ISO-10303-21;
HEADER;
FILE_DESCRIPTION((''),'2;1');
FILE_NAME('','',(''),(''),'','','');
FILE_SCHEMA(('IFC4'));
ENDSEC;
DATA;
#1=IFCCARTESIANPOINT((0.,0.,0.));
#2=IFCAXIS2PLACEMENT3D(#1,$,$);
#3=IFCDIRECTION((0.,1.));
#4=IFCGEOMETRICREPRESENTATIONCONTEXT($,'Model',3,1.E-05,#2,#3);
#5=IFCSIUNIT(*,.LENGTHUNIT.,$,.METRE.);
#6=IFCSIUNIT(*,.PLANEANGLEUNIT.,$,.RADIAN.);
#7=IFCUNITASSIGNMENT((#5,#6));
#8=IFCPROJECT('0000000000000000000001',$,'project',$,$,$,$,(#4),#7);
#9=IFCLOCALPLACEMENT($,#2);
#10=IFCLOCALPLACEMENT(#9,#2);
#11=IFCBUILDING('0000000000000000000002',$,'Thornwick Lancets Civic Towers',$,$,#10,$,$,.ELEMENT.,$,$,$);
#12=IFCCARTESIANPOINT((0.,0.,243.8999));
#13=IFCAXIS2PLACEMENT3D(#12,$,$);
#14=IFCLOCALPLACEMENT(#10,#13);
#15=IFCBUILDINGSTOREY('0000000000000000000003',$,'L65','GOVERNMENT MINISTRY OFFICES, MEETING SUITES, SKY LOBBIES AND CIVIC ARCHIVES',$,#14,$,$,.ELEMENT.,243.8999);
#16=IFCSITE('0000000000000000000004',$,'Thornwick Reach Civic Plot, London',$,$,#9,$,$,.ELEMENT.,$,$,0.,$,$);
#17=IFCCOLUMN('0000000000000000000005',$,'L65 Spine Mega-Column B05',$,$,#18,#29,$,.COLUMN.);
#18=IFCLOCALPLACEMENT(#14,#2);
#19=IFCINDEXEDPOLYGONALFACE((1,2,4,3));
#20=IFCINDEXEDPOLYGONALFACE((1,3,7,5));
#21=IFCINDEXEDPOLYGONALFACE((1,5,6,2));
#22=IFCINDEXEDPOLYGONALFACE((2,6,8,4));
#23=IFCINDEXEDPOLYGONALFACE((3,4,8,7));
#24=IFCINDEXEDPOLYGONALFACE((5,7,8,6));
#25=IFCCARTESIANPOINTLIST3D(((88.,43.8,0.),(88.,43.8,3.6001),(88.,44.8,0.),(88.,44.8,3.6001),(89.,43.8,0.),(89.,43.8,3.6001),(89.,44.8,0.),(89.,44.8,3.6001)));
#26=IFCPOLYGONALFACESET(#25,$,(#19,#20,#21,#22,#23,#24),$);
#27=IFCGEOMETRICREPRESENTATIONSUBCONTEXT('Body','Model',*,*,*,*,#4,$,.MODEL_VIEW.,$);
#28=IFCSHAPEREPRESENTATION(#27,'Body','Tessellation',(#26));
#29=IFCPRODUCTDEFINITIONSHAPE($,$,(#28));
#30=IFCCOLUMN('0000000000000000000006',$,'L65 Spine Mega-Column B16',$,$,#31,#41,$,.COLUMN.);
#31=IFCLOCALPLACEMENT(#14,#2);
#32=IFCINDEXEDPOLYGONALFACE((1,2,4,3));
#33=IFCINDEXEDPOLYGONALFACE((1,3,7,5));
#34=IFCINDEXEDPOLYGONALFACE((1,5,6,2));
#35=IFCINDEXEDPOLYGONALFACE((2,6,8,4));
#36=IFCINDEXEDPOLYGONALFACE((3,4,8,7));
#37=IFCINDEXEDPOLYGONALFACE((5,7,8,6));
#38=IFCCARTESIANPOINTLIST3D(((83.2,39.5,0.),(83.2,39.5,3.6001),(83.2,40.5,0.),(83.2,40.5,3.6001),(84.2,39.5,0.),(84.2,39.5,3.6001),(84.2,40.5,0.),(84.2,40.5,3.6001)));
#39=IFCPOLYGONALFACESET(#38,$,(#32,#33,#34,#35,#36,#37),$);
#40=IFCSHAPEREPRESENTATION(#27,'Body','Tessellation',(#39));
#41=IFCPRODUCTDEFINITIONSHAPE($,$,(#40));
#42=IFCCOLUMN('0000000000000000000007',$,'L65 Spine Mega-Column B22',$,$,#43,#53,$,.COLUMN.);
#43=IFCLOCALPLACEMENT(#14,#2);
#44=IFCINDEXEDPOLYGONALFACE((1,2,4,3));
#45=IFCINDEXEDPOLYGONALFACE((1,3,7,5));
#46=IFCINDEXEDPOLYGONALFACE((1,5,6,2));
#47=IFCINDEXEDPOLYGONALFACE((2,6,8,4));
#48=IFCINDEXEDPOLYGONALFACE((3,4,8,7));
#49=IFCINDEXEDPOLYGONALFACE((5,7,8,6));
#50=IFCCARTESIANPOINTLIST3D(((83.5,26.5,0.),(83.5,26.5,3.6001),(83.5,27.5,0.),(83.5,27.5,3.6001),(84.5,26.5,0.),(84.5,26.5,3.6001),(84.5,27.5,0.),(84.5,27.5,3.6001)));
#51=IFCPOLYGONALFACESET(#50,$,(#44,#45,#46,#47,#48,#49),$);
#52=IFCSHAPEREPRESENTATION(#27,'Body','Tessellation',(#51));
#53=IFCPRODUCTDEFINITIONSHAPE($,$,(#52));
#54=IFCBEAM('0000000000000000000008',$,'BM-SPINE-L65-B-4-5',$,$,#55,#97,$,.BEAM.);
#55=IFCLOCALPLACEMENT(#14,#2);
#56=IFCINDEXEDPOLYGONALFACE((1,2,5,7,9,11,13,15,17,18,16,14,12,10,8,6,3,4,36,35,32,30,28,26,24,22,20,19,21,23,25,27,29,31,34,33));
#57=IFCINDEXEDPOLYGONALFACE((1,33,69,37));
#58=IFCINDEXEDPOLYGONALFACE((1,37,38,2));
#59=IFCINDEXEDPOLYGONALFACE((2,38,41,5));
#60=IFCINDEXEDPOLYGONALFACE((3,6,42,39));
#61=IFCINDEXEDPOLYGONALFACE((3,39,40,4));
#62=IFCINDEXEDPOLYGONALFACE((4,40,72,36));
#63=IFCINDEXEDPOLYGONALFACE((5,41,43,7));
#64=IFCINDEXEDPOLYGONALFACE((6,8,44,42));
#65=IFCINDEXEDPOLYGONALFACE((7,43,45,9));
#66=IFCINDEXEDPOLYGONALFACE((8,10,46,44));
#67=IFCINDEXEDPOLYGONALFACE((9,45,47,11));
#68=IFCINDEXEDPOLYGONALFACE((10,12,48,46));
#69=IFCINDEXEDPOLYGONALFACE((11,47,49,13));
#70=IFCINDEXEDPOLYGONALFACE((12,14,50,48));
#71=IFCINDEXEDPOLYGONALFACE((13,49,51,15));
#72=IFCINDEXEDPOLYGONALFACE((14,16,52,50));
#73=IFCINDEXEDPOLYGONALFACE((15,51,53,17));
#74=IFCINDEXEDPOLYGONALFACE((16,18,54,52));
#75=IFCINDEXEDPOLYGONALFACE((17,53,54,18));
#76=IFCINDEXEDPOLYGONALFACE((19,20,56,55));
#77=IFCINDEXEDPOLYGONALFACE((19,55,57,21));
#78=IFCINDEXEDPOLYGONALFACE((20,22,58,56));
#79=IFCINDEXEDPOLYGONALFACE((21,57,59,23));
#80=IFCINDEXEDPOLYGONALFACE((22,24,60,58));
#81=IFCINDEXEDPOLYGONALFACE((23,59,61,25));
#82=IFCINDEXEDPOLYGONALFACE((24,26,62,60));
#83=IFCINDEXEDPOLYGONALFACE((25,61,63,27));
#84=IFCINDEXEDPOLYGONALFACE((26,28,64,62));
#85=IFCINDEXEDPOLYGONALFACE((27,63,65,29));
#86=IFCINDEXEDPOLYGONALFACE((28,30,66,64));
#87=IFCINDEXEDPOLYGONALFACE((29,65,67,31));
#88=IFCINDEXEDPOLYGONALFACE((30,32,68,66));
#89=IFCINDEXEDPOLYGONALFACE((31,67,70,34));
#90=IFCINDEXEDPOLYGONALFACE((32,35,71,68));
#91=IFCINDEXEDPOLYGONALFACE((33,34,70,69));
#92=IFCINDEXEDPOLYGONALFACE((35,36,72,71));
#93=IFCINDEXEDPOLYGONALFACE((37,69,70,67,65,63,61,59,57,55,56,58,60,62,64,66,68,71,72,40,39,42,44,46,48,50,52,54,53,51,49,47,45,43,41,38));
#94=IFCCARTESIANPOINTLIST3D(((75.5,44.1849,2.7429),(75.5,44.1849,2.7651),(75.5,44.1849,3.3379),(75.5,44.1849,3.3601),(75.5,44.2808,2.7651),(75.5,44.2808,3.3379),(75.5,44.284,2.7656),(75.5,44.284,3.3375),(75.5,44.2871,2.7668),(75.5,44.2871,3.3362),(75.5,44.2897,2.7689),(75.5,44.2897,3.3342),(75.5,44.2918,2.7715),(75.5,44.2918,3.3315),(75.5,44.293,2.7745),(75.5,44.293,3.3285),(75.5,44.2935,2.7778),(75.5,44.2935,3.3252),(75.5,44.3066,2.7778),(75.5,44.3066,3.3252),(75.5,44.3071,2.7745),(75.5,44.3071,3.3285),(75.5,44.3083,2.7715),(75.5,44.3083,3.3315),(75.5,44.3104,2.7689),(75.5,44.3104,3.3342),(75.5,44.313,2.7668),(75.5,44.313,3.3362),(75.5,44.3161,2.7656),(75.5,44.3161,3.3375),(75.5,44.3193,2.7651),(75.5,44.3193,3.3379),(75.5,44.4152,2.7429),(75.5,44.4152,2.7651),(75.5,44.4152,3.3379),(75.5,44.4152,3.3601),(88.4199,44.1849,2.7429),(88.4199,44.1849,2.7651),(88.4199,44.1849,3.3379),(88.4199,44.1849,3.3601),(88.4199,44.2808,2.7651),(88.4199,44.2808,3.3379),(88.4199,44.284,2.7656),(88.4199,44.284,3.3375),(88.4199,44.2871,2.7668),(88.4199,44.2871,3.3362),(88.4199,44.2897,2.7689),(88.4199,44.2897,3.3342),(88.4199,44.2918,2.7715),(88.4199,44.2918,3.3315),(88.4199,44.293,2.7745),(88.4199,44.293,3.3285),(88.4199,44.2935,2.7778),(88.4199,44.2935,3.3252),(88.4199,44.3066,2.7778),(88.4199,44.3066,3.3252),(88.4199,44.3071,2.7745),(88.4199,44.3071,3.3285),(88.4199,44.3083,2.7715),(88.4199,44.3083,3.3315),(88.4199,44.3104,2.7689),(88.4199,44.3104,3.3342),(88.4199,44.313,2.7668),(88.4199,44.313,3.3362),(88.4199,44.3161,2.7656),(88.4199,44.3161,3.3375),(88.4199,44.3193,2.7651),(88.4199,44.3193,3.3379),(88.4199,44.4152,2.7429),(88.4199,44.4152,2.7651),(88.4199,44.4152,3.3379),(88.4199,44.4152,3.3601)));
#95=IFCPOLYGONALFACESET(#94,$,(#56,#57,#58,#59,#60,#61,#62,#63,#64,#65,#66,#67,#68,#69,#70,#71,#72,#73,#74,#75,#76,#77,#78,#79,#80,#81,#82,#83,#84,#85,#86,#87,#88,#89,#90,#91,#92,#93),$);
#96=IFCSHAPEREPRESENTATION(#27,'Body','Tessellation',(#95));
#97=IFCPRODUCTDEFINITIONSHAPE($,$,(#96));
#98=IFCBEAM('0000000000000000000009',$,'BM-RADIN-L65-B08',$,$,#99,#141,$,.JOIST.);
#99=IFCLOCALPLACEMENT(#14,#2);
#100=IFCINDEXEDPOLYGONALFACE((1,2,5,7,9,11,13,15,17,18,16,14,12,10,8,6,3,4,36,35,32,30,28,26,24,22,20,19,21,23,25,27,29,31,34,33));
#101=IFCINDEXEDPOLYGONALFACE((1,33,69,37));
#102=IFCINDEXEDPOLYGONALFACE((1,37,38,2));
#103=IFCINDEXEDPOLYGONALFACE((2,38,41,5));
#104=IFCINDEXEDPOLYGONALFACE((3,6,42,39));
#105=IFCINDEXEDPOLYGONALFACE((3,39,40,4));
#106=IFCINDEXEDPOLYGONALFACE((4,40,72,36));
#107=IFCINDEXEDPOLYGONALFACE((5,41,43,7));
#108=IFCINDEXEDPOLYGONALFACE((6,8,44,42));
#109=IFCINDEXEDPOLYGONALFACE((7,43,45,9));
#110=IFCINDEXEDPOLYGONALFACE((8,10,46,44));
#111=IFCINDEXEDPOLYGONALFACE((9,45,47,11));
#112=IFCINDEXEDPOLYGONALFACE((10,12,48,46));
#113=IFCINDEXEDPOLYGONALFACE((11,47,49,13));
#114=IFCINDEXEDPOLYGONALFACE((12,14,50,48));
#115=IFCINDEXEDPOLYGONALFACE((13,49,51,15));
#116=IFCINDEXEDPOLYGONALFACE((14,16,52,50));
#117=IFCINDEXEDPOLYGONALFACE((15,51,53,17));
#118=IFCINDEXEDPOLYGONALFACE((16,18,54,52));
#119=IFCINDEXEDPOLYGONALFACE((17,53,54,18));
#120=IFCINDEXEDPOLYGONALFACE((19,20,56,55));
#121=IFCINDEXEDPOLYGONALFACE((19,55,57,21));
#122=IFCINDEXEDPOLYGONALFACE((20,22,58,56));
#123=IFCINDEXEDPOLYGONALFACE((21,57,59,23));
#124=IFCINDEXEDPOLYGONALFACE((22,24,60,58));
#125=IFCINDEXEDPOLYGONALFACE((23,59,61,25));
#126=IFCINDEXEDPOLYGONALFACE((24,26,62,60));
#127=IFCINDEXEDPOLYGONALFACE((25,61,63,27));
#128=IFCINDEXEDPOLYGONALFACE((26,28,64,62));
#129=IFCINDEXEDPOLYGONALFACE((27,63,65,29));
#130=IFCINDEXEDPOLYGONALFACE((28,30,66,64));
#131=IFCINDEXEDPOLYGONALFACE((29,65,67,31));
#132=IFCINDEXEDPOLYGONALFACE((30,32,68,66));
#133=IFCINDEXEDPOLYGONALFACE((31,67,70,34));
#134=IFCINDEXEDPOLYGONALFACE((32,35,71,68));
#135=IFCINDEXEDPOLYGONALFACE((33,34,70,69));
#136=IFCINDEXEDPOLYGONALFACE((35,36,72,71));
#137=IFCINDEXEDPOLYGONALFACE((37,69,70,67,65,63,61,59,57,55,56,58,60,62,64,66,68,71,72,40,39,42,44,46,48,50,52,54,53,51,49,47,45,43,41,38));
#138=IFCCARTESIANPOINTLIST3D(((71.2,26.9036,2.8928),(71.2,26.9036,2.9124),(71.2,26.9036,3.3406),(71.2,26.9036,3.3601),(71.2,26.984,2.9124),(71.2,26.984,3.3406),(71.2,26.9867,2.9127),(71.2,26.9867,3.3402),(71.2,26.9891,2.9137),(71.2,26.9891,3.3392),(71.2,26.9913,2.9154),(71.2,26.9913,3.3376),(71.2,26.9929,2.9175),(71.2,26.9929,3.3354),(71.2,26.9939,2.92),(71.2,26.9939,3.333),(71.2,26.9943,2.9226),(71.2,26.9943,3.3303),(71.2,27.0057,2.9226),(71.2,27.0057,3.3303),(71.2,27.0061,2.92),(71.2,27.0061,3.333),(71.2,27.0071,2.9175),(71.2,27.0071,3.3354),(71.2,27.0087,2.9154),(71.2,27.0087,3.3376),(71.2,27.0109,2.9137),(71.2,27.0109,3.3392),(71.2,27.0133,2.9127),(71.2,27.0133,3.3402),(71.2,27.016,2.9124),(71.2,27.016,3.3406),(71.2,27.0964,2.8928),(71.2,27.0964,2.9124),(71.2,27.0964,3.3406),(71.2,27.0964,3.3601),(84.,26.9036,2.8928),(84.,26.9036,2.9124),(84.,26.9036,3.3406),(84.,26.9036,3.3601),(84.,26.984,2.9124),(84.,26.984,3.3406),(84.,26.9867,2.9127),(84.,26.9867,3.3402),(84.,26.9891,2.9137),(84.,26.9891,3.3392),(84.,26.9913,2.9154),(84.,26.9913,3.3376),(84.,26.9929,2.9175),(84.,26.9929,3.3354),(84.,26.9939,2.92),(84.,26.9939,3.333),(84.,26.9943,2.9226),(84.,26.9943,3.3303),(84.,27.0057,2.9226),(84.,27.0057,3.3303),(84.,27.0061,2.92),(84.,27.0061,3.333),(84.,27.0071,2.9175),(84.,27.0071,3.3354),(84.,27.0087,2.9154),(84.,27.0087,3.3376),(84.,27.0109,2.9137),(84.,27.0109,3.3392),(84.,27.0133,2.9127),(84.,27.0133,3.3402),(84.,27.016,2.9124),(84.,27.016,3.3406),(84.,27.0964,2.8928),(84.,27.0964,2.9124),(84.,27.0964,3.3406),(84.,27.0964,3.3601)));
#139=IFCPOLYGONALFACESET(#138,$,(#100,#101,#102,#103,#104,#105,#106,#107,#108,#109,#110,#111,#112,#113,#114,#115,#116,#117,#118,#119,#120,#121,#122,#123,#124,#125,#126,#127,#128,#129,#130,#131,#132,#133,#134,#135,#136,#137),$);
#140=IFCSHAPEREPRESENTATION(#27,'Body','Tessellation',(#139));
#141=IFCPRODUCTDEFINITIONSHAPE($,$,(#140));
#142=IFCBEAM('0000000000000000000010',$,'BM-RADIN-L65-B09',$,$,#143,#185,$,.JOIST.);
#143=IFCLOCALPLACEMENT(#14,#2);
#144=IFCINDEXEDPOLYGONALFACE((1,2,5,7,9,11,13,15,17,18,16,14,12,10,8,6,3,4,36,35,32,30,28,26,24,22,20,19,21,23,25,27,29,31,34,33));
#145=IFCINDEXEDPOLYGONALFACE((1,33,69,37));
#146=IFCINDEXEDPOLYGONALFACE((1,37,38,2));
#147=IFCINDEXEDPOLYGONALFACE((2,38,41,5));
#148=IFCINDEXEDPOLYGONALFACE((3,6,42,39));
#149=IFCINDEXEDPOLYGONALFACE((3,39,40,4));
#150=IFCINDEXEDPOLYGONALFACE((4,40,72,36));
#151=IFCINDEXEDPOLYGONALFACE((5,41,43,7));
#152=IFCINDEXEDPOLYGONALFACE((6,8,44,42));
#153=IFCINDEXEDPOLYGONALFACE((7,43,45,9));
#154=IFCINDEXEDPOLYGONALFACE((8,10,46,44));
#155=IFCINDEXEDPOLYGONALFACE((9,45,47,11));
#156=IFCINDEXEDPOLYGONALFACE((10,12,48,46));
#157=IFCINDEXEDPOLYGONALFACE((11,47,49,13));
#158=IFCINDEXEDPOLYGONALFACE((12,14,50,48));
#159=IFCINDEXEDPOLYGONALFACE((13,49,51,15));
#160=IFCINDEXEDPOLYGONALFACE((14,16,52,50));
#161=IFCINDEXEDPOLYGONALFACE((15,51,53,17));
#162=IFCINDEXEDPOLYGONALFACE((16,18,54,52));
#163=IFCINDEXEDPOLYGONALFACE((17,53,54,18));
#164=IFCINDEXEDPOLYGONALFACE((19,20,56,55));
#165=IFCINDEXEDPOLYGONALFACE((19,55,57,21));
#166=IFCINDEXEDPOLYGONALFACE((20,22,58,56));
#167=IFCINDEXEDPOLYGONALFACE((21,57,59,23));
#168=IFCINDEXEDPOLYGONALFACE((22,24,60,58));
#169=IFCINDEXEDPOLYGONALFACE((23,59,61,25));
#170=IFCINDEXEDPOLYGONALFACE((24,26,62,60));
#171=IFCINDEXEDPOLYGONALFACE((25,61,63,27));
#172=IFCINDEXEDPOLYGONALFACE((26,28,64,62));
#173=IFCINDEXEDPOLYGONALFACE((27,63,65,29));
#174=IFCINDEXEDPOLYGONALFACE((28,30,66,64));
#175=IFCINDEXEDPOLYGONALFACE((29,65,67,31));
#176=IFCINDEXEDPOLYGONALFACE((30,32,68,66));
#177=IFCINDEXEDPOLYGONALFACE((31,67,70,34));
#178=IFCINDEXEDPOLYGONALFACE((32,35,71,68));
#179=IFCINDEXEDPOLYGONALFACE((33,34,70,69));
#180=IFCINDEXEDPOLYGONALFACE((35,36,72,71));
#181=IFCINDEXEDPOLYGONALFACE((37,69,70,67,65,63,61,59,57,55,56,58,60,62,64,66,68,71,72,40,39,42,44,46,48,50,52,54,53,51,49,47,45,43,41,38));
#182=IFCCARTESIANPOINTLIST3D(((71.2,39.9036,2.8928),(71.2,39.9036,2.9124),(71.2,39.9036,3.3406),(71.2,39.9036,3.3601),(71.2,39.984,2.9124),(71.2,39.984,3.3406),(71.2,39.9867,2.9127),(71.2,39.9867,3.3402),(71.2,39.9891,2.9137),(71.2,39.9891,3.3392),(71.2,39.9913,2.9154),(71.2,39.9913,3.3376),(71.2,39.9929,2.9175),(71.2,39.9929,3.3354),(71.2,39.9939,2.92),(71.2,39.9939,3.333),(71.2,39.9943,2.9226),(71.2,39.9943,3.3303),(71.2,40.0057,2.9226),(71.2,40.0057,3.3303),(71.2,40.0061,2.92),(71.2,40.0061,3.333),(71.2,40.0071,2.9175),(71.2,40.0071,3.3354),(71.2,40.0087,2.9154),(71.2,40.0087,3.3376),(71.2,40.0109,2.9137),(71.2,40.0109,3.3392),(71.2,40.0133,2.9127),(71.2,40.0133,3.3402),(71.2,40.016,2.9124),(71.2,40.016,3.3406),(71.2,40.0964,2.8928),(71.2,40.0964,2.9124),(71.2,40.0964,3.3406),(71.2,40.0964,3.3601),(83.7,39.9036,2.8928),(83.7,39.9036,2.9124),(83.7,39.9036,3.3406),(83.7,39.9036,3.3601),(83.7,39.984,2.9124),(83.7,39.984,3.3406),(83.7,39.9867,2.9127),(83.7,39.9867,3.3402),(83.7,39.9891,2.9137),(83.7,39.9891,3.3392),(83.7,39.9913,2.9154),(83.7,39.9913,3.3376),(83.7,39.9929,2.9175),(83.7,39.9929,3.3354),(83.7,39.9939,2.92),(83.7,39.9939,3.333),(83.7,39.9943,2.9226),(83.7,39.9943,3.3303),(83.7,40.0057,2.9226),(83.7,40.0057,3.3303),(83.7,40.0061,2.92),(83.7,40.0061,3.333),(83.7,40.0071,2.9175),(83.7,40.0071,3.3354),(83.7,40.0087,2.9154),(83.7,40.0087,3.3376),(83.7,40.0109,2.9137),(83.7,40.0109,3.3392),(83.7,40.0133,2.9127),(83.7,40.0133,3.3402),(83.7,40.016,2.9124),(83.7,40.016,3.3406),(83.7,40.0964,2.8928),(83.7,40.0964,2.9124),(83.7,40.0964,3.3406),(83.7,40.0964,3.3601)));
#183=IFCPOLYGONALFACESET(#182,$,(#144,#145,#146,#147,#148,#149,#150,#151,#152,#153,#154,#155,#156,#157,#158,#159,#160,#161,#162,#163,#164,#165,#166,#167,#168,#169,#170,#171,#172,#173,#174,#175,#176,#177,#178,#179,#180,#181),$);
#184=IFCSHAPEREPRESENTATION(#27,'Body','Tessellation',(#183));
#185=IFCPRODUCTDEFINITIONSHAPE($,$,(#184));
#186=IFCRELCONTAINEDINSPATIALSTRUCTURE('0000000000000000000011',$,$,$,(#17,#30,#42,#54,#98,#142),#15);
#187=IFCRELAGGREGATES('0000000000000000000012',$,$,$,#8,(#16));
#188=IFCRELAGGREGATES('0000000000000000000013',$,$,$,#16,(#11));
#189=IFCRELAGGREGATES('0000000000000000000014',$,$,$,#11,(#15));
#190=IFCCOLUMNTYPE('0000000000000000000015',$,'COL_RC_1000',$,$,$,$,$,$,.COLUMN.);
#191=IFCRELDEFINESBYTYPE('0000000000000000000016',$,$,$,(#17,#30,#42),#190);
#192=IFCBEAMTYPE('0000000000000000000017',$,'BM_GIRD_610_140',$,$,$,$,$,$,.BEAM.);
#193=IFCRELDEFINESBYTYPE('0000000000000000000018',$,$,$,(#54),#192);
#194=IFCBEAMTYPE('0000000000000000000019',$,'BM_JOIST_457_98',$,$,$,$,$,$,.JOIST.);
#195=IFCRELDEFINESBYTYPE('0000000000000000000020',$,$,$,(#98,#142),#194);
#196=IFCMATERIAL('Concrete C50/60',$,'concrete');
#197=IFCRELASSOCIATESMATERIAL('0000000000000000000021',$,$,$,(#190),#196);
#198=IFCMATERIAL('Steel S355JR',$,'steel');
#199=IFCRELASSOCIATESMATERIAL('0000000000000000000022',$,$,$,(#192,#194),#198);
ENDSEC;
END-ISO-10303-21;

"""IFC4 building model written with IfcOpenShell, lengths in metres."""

from ifc_helpers import new_model, si_unit, direction, frame, origin, origin_2d, place, context, subcontext, project, spatial, rectangle, i_section, extrude, material, material_profile, profile_set, type_object, element, save


model = new_model("IFC4")

# Units and contexts
model_context = context("Model", 3, precision=1e-05, world=origin(), true_north=direction((0.0, 1.0)))
body_context = subcontext(model_context, "Body", "Model", "MODEL_VIEW")
ifc_project = project(units=[si_unit("LENGTHUNIT", "METRE"), si_unit("PLANEANGLEUNIT", "RADIAN")], contexts=[model_context])

# Site, building, storey
site_placement = place(None, origin())
site = spatial("IfcSite", under=ifc_project, at=site_placement, Name="Thornwick Reach Civic Plot, London", CompositionType="ELEMENT", RefElevation=0.0)
building_placement = place(site_placement, origin())
building = spatial("IfcBuilding", under=site, at=building_placement, Name="Thornwick Lancets Civic Towers", CompositionType="ELEMENT")
storey_placement = place(building_placement, frame((0.0, 0.0, 243.8999)))
storey = spatial("IfcBuildingStorey", under=building, at=storey_placement, Name="L65", Description="GOVERNMENT MINISTRY OFFICES, MEETING SUITES, SKY LOBBIES AND CIVIC ARCHIVES", CompositionType="ELEMENT", Elevation=243.8999)

# Columns
ifc_material_1 = material(Name="Concrete C50/60", Category="concrete")
ifc_material_profile_1 = material_profile(ifc_material_1, rectangle(XDim=1.0, YDim=1.0, at=origin_2d()), Name="RC 1000x1000")
ifc_profile_set_1 = profile_set([ifc_material_profile_1], Name="Concrete C50/60")
column_type = type_object("IfcColumnType", Name="COL_RC_1000", PredefinedType="COLUMN", material=ifc_profile_set_1)
for number, where, z_axis, x_axis, name in (
    (1, (88.5, 44.3, 0.0), (0.0, 0.0, 1.0), (1.0, 0.0, 0.0), "L65 Spine Mega-Column B05"),
    (2, (83.7, 40.0, 0.0), (0.0, 0.0, 1.0), (1.0, 0.0, 0.0), "L65 Spine Mega-Column B16"),
    (3, (84.0, 27.0, 0.0), (0.0, 0.0, 1.0), (1.0, 0.0, 0.0), "L65 Spine Mega-Column B22"),
):
    element("IfcColumn", number, at=place(storey_placement, frame(where, z_axis=z_axis, x_axis=x_axis)), inside=storey, type_object=column_type, Name=name, PredefinedType="COLUMN", context=body_context, shape_type="SweptSolid", body=[
        extrude(rectangle(XDim=1.0, YDim=1.0, at=origin_2d()), origin(), (0.0, 0.0, 1.0), 3.6001),
    ])

# Beams
ifc_material_2 = material(Name="Steel S355JR", Category="steel")
ifc_material_profile_2 = material_profile(ifc_material_2, i_section(OverallWidth=0.2302, OverallDepth=0.6172, WebThickness=0.0132, FlangeThickness=0.0222, FilletRadius=0.0127, at=origin_2d()), Name="UKB 610x229x140")
ifc_profile_set_2 = profile_set([ifc_material_profile_2], Name="Steel S355JR")
beam_type_1 = type_object("IfcBeamType", Name="BM_GIRD_610_140", PredefinedType="BEAM", material=ifc_profile_set_2)
beam_1_placement = place(storey_placement, frame((88.4199, 44.3, 3.0515), z_axis=(-1.0, 0.0, 0.0), x_axis=(0.0, -1.0, 0.0)))
element("IfcBeam", 4, at=beam_1_placement, inside=storey, type_object=beam_type_1, Name="BM-SPINE-L65-B-4-5", PredefinedType="BEAM", context=body_context, shape_type="SweptSolid", body=[
    extrude(i_section(OverallWidth=0.2302, OverallDepth=0.6172, WebThickness=0.0132, FlangeThickness=0.0222, FilletRadius=0.0127, at=origin_2d()), origin(), (0.0, 0.0, 1.0), 12.9199),
])
ifc_material_profile_3 = material_profile(ifc_material_2, i_section(OverallWidth=0.1929, OverallDepth=0.4673, WebThickness=0.0115, FlangeThickness=0.0195, FilletRadius=0.0103, at=origin_2d()), Name="UKB 457x191x98")
ifc_profile_set_3 = profile_set([ifc_material_profile_3], Name="Steel S355JR")
beam_type_2 = type_object("IfcBeamType", Name="BM_JOIST_457_98", PredefinedType="JOIST", material=ifc_profile_set_3)
beam_2_placement = place(storey_placement, frame((84.0, 27.0, 3.1265), z_axis=(-1.0, 0.0, 0.0), x_axis=(0.0, -1.0, 0.0)))
element("IfcBeam", 5, at=beam_2_placement, inside=storey, type_object=beam_type_2, Name="BM-RADIN-L65-B08", PredefinedType="JOIST", context=body_context, shape_type="SweptSolid", body=[
    extrude(i_section(OverallWidth=0.1929, OverallDepth=0.4673, WebThickness=0.0115, FlangeThickness=0.0195, FilletRadius=0.0103, at=origin_2d()), origin(), (0.0, 0.0, 1.0), 12.8),
])
beam_3_placement = place(storey_placement, frame((83.7, 40.0, 3.1265), z_axis=(-1.0, 0.0, 0.0), x_axis=(0.0, -1.0, 0.0)))
element("IfcBeam", 6, at=beam_3_placement, inside=storey, type_object=beam_type_2, Name="BM-RADIN-L65-B09", PredefinedType="JOIST", context=body_context, shape_type="SweptSolid", body=[
    extrude(i_section(OverallWidth=0.1929, OverallDepth=0.4673, WebThickness=0.0115, FlangeThickness=0.0195, FilletRadius=0.0103, at=origin_2d()), origin(), (0.0, 0.0, 1.0), 12.5),
])

save(model, "model.ifc")
